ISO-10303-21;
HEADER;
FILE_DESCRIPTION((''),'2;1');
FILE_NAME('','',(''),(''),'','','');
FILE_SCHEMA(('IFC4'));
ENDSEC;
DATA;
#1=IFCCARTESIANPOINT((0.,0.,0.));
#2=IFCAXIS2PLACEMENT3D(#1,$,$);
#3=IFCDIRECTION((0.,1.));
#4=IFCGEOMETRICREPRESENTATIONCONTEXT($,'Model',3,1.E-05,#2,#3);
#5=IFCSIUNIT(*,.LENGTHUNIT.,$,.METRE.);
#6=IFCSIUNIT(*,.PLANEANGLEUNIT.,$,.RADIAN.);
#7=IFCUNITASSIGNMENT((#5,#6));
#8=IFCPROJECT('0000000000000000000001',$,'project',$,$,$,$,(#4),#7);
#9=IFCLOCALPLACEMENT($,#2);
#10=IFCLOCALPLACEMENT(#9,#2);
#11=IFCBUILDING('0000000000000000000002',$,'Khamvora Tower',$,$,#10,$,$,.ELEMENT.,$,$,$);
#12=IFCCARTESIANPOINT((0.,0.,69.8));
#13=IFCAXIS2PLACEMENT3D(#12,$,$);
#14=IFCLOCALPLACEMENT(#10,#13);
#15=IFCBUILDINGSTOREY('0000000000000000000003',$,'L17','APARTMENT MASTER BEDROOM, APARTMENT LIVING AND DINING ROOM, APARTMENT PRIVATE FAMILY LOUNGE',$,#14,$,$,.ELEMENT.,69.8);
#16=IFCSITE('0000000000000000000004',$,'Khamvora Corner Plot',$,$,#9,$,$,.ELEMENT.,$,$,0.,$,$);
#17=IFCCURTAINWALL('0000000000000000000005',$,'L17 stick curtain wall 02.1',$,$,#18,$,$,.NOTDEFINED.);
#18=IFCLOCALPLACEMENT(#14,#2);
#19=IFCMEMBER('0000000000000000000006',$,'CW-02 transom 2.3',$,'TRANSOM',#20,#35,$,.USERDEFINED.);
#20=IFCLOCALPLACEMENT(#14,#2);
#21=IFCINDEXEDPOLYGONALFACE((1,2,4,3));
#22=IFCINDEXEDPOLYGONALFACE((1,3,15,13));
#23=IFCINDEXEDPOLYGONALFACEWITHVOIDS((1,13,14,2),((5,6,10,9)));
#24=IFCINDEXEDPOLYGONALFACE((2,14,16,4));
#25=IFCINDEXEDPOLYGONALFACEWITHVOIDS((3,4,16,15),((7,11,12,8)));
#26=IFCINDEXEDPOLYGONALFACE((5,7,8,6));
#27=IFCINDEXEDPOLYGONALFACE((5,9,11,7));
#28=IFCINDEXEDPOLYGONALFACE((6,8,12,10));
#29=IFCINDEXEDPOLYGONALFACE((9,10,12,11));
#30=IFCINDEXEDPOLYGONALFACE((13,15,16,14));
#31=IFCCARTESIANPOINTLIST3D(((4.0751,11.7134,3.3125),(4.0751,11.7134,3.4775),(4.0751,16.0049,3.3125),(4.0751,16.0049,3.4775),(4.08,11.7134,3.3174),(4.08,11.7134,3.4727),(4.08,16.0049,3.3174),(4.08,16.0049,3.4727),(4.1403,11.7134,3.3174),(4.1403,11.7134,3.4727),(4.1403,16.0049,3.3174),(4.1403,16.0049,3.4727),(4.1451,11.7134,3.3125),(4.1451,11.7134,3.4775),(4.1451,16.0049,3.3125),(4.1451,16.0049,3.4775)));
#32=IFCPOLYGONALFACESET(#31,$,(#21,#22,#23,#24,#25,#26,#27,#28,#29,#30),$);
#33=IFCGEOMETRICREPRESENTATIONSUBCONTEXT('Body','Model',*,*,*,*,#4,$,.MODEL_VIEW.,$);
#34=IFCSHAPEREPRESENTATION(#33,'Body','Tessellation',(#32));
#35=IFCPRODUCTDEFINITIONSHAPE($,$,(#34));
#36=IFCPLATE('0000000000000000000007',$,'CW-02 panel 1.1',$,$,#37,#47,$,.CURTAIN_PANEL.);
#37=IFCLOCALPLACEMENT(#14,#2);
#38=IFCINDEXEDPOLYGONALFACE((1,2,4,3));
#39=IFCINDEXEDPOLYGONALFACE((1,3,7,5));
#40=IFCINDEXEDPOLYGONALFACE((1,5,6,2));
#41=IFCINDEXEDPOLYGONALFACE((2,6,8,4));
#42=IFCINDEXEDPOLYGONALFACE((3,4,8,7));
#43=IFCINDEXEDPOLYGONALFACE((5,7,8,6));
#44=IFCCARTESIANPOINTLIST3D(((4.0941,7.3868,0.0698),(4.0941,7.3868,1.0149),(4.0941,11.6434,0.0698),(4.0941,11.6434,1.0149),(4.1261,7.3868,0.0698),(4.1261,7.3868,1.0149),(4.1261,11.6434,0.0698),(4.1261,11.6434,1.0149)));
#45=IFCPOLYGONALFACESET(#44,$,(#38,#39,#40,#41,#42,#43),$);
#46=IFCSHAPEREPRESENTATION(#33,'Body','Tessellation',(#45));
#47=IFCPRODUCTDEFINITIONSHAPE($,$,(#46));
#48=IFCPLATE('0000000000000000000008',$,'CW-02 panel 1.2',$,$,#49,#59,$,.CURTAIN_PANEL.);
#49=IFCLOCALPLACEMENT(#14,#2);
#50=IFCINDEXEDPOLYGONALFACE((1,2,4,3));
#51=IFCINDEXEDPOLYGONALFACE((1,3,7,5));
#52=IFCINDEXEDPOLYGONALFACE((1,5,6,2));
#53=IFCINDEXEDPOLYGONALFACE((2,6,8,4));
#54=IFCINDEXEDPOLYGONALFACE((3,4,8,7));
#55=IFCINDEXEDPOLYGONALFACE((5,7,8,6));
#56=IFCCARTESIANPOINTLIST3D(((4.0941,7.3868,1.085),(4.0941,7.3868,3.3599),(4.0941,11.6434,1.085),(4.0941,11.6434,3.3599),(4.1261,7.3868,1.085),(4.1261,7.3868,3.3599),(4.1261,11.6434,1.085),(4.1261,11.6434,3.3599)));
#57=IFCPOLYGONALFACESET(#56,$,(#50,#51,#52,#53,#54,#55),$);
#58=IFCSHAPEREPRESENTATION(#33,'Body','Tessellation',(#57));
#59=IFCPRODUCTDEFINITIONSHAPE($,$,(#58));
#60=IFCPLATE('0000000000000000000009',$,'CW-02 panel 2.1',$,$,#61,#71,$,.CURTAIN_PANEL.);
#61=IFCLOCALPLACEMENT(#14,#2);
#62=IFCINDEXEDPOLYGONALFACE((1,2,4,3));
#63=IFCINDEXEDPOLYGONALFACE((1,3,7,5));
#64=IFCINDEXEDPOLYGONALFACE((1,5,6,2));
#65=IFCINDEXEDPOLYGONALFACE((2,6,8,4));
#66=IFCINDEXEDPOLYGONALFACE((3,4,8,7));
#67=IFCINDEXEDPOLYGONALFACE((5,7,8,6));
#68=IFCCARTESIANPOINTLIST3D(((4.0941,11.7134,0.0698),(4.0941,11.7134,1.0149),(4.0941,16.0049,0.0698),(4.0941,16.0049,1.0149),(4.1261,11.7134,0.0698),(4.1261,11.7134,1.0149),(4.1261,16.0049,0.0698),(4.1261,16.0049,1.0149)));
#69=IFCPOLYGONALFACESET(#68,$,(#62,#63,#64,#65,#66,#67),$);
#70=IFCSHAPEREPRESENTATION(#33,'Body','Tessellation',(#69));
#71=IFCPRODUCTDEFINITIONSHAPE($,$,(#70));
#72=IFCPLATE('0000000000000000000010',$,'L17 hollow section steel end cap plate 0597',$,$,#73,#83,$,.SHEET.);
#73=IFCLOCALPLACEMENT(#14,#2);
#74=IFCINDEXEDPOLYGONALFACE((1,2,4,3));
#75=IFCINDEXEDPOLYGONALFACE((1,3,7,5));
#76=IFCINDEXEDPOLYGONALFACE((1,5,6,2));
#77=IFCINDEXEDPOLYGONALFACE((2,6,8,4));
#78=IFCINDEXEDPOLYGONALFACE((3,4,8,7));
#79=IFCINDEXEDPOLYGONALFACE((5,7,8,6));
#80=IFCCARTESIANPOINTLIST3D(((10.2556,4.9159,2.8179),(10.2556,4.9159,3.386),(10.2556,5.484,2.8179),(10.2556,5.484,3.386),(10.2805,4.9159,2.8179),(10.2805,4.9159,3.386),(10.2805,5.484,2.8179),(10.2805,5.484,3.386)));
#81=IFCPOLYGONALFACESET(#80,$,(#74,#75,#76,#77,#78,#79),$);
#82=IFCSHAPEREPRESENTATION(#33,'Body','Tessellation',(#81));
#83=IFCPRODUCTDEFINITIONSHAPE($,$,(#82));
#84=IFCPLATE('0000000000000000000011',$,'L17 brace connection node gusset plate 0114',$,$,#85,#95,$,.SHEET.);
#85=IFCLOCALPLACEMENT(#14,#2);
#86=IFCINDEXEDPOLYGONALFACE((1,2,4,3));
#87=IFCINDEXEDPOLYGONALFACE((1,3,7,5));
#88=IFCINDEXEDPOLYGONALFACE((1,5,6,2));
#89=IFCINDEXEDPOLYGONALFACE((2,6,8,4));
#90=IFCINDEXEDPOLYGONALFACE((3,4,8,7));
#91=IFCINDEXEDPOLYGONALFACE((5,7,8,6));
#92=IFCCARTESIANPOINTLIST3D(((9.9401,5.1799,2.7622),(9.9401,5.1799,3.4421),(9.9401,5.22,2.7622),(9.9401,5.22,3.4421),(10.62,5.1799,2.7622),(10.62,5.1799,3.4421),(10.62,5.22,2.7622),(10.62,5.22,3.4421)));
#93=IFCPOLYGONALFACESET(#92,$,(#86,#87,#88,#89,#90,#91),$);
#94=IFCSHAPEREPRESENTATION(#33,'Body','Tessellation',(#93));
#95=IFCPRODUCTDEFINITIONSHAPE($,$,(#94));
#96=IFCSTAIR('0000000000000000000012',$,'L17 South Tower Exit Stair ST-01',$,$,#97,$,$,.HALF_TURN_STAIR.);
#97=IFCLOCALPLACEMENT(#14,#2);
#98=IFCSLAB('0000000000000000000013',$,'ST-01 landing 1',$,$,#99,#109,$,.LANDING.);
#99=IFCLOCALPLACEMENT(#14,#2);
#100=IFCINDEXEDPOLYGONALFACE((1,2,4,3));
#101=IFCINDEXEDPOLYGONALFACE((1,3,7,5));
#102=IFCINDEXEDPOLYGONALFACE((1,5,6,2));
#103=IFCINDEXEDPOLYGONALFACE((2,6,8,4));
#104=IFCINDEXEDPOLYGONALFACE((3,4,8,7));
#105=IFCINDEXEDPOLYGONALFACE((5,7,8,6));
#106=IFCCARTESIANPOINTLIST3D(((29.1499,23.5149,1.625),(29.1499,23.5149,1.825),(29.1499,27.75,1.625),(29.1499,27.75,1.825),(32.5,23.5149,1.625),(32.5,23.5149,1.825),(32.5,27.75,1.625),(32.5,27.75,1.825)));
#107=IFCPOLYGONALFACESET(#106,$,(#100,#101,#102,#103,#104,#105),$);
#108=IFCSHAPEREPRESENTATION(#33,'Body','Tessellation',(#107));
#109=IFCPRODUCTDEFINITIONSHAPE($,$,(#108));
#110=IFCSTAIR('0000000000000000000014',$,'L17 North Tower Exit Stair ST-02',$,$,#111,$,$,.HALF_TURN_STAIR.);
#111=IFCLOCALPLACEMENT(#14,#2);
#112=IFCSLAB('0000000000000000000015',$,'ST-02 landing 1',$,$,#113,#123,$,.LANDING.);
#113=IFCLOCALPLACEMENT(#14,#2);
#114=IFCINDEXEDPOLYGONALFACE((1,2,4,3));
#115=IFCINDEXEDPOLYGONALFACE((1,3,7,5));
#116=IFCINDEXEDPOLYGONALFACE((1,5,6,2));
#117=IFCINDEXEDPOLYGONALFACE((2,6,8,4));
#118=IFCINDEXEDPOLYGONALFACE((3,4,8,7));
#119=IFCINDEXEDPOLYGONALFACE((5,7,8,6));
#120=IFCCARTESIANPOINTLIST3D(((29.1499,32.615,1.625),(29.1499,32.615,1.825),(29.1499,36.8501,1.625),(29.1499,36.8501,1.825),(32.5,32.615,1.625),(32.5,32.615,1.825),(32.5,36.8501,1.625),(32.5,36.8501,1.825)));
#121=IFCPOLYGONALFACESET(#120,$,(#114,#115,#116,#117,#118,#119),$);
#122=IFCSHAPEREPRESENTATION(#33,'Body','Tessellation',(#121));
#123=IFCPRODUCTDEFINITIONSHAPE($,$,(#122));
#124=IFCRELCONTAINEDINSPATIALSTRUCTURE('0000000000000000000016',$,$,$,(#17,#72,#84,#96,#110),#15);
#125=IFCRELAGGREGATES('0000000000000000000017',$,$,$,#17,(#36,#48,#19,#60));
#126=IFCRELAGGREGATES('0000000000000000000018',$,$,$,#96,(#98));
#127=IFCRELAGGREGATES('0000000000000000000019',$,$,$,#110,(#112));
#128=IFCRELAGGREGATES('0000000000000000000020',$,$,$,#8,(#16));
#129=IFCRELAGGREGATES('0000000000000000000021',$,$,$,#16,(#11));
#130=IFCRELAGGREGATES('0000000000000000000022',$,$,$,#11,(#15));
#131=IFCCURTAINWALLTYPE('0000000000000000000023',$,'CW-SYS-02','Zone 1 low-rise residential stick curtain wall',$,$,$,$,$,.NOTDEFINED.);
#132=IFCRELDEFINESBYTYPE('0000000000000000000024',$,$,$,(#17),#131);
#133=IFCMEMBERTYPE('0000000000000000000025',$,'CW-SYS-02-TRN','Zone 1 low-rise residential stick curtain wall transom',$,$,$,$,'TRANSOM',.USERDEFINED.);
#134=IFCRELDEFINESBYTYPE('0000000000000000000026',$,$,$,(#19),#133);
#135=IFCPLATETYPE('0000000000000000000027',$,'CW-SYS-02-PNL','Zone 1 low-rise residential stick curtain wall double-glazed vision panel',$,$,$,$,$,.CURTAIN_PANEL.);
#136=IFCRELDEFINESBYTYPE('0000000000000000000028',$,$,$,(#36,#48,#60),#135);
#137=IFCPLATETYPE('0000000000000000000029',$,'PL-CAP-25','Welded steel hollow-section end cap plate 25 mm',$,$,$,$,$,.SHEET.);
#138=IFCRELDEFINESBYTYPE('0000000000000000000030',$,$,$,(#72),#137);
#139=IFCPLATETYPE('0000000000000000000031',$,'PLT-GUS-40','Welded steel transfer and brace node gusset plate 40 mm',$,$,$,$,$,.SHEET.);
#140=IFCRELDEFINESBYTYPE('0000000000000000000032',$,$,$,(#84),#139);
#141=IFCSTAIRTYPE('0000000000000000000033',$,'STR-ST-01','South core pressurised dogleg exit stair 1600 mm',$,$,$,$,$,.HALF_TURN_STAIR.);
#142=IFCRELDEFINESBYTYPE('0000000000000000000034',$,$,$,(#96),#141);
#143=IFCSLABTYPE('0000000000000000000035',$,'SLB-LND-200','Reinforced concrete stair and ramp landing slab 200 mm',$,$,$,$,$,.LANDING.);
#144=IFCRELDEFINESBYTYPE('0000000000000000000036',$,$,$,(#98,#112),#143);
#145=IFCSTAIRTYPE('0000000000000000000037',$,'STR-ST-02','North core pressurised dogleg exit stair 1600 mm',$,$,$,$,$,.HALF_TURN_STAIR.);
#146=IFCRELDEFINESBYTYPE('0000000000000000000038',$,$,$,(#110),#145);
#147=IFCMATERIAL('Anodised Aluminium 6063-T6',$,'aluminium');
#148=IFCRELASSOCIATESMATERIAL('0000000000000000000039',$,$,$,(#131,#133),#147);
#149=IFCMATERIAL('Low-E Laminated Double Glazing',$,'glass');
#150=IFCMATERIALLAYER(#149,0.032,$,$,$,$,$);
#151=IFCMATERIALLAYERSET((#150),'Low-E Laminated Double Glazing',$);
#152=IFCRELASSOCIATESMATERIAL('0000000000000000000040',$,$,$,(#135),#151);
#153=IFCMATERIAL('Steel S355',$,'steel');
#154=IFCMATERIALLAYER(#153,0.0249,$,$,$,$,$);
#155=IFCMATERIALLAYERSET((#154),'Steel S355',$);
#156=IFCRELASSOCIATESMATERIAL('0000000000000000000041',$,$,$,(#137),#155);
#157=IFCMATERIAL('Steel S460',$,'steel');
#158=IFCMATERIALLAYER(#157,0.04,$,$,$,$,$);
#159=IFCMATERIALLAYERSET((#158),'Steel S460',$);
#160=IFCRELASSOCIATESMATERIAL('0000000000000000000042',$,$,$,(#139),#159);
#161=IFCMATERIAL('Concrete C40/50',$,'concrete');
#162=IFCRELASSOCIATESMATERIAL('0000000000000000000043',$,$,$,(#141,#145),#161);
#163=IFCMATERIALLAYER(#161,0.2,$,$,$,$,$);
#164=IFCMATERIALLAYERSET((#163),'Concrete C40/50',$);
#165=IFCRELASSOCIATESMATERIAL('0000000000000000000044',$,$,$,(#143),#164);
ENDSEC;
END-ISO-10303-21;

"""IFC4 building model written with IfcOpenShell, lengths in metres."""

from ifc_helpers import new_model, si_unit, direction, frame, origin, origin_2d, place, context, subcontext, project, spatial, polyline, rectangle, hollow_rectangle, outline, extrude, material, layer, layer_set, material_profile, profile_set, type_object, element, aggregate, save


model = new_model("IFC4")

# Units and contexts
model_context = context("Model", 3, precision=1e-05, world=origin(), true_north=direction((0.0, 1.0)))
body_context = subcontext(model_context, "Body", "Model", "MODEL_VIEW")
ifc_project = project(units=[si_unit("LENGTHUNIT", "METRE"), si_unit("PLANEANGLEUNIT", "RADIAN")], contexts=[model_context])

# Site, building, storey
site_placement = place(None, origin())
site = spatial("IfcSite", under=ifc_project, at=site_placement, Name="Khamvora Corner Plot", CompositionType="ELEMENT", RefElevation=0.0)
building_placement = place(site_placement, origin())
building = spatial("IfcBuilding", under=site, at=building_placement, Name="Khamvora Tower", CompositionType="ELEMENT")
storey_placement = place(building_placement, frame((0.0, 0.0, 69.8)))
storey = spatial("IfcBuildingStorey", under=building, at=storey_placement, Name="L17", Description="APARTMENT MASTER BEDROOM, APARTMENT LIVING AND DINING ROOM, APARTMENT PRIVATE FAMILY LOUNGE", CompositionType="ELEMENT", Elevation=69.8)

# Shared definitions
ifc_material_1 = material(Name="Steel S460", Category="steel")

# Shared definitions
ifc_material_2 = material(Name="Steel S355", Category="steel")

# Curtain wall, member, plates
ifc_material_3 = material(Name="Anodised Aluminium 6063-T6", Category="aluminium")
curtain_wall_type = type_object("IfcCurtainWallType", Name="CW-SYS-02", Description="Zone 1 low-rise residential stick curtain wall", PredefinedType="NOTDEFINED", material=ifc_material_3)
curtain_wall_placement = place(storey_placement, origin())
curtain_wall = element("IfcCurtainWall", 1, at=curtain_wall_placement, inside=storey, type_object=curtain_wall_type, Name="L17 stick curtain wall 02.1", PredefinedType="NOTDEFINED")
ifc_material_profile_1 = material_profile(ifc_material_3, hollow_rectangle(XDim=0.0701, YDim=0.165, WallThickness=0.0049, at=origin_2d()), Name="TRN70x165x5")
ifc_profile_set_1 = profile_set([ifc_material_profile_1], Name="Anodised Aluminium 6063-T6")
member_type_1 = type_object("IfcMemberType", Name="CW-SYS-02-TRN", Description="Zone 1 low-rise residential stick curtain wall transom", ElementType="TRANSOM", PredefinedType="USERDEFINED", material=ifc_profile_set_1)
member_1_placement = place(storey_placement, frame((4.1101, 11.7134, 3.395), z_axis=(0.0, 1.0, 0.0), x_axis=(-1.0, 0.0, 0.0)))
member_1 = element("IfcMember", 2, at=member_1_placement, type_object=member_type_1, Name="CW-02 transom 2.3", ObjectType="TRANSOM", PredefinedType="USERDEFINED", context=body_context, shape_type="SweptSolid", body=[
    extrude(hollow_rectangle(XDim=0.0701, YDim=0.165, WallThickness=0.0049, at=origin_2d()), origin(), (0.0, 0.0, 1.0), 4.2915),
])
ifc_material_4 = material(Name="Low-E Laminated Double Glazing", Category="glass")
ifc_layer_1 = layer(ifc_material_4, 0.032)
ifc_layer_set_1 = layer_set([ifc_layer_1], Name="Low-E Laminated Double Glazing")
plate_type_1 = type_object("IfcPlateType", Name="CW-SYS-02-PNL", Description="Zone 1 low-rise residential stick curtain wall double-glazed vision panel", PredefinedType="CURTAIN_PANEL", material=ifc_layer_set_1)
plate_1_placement = place(storey_placement, frame((4.1101, 9.5151, 0.0698), z_axis=(0.0, 0.0, 1.0), x_axis=(0.0, 1.0, 0.0)))
plate_1 = element("IfcPlate", 3, at=plate_1_placement, type_object=plate_type_1, Name="CW-02 panel 1.1", PredefinedType="CURTAIN_PANEL", context=body_context, shape_type="SweptSolid", body=[
    extrude(rectangle(XDim=4.2566, YDim=0.032, at=origin_2d()), origin(), (0.0, 0.0, 1.0), 0.9451),
])
plate_2_placement = place(storey_placement, frame((4.1101, 9.5151, 1.085), z_axis=(0.0, 0.0, 1.0), x_axis=(0.0, 1.0, 0.0)))
plate_2 = element("IfcPlate", 4, at=plate_2_placement, type_object=plate_type_1, Name="CW-02 panel 1.2", PredefinedType="CURTAIN_PANEL", context=body_context, shape_type="SweptSolid", body=[
    extrude(rectangle(XDim=4.2566, YDim=0.032, at=origin_2d()), origin(), (0.0, 0.0, 1.0), 2.2749),
])
plate_3_placement = place(storey_placement, frame((4.1101, 13.8591, 0.0698), z_axis=(0.0, 0.0, 1.0), x_axis=(0.0, 1.0, 0.0)))
plate_3 = element("IfcPlate", 5, at=plate_3_placement, type_object=plate_type_1, Name="CW-02 panel 2.1", PredefinedType="CURTAIN_PANEL", context=body_context, shape_type="SweptSolid", body=[
    extrude(rectangle(XDim=4.2915, YDim=0.032, at=origin_2d()), origin(), (0.0, 0.0, 1.0), 0.9451),
])
aggregate(curtain_wall, [plate_1, plate_2, member_1, plate_3])

# Plates
ifc_layer_2 = layer(ifc_material_2, 0.0249)
ifc_layer_set_2 = layer_set([ifc_layer_2], Name="Steel S355")
plate_type_2 = type_object("IfcPlateType", Name="PL-CAP-25", Description="Welded steel hollow-section end cap plate 25 mm", PredefinedType="SHEET", material=ifc_layer_set_2)
plate_4_placement = place(storey_placement, frame((10.2681, 5.2, 2.8179), z_axis=(0.0, 0.0, 1.0), x_axis=(-1.0, 0.0, 0.0)))
element("IfcPlate", 6, at=plate_4_placement, inside=storey, type_object=plate_type_2, Name="L17 hollow section steel end cap plate 0597", PredefinedType="SHEET", context=body_context, shape_type="SweptSolid", body=[
    extrude(rectangle(XDim=0.0249, YDim=0.5681, at=origin_2d()), origin(), (0.0, 0.0, 1.0), 0.5681),
])
ifc_layer_3 = layer(ifc_material_1, 0.04)
ifc_layer_set_3 = layer_set([ifc_layer_3], Name="Steel S460")
plate_type_3 = type_object("IfcPlateType", Name="PLT-GUS-40", Description="Welded steel transfer and brace node gusset plate 40 mm", PredefinedType="SHEET", material=ifc_layer_set_3)
plate_5_placement = place(storey_placement, frame((10.28, 5.2, 2.7622), z_axis=(0.0, 0.0, 1.0), x_axis=(1.0, 0.0, 0.0)))
element("IfcPlate", 7, at=plate_5_placement, inside=storey, type_object=plate_type_3, Name="L17 brace connection node gusset plate 0114", PredefinedType="SHEET", context=body_context, shape_type="SweptSolid", body=[
    extrude(rectangle(XDim=0.6799, YDim=0.04, at=origin_2d()), origin(), (0.0, 0.0, 1.0), 0.6799),
])

# Stairs, slabs
ifc_material_5 = material(Name="Concrete C40/50", Category="concrete")
stair_type_1 = type_object("IfcStairType", Name="STR-ST-01", Description="South core pressurised dogleg exit stair 1600 mm", PredefinedType="HALF_TURN_STAIR", material=ifc_material_5)
stair_1_placement = place(storey_placement, origin())
stair_1 = element("IfcStair", 8, at=stair_1_placement, inside=storey, type_object=stair_type_1, Name="L17 South Tower Exit Stair ST-01", PredefinedType="HALF_TURN_STAIR")
ifc_layer_4 = layer(ifc_material_5, 0.2)
ifc_layer_set_4 = layer_set([ifc_layer_4], Name="Concrete C40/50")
slab_type_1 = type_object("IfcSlabType", Name="SLB-LND-200", Description="Reinforced concrete stair and ramp landing slab 200 mm", PredefinedType="LANDING", material=ifc_layer_set_4)
slab_1_placement = place(storey_placement, frame((0.0, 0.0, 1.625)))
slab_1 = element("IfcSlab", 9, at=slab_1_placement, type_object=slab_type_1, Name="ST-01 landing 1", PredefinedType="LANDING", context=body_context, shape_type="SweptSolid", body=[
    extrude(outline(polyline([(32.5, 23.5149), (32.5, 27.75), (29.1499, 27.75), (29.1499, 23.5149), (32.5, 23.5149)])), origin(), (0.0, 0.0, 1.0), 0.2),
])
aggregate(stair_1, [slab_1])
stair_type_2 = type_object("IfcStairType", Name="STR-ST-02", Description="North core pressurised dogleg exit stair 1600 mm", PredefinedType="HALF_TURN_STAIR", material=ifc_material_5)
stair_2_placement = place(storey_placement, origin())
stair_2 = element("IfcStair", 10, at=stair_2_placement, inside=storey, type_object=stair_type_2, Name="L17 North Tower Exit Stair ST-02", PredefinedType="HALF_TURN_STAIR")
slab_2_placement = place(storey_placement, frame((0.0, 0.0, 1.625)))
slab_2 = element("IfcSlab", 11, at=slab_2_placement, type_object=slab_type_1, Name="ST-02 landing 1", PredefinedType="LANDING", context=body_context, shape_type="SweptSolid", body=[
    extrude(outline(polyline([(32.5, 32.615), (32.5, 36.8501), (29.1499, 36.8501), (29.1499, 32.615), (32.5, 32.615)])), origin(), (0.0, 0.0, 1.0), 0.2),
])
aggregate(stair_2, [slab_2])

save(model, "model.ifc")
